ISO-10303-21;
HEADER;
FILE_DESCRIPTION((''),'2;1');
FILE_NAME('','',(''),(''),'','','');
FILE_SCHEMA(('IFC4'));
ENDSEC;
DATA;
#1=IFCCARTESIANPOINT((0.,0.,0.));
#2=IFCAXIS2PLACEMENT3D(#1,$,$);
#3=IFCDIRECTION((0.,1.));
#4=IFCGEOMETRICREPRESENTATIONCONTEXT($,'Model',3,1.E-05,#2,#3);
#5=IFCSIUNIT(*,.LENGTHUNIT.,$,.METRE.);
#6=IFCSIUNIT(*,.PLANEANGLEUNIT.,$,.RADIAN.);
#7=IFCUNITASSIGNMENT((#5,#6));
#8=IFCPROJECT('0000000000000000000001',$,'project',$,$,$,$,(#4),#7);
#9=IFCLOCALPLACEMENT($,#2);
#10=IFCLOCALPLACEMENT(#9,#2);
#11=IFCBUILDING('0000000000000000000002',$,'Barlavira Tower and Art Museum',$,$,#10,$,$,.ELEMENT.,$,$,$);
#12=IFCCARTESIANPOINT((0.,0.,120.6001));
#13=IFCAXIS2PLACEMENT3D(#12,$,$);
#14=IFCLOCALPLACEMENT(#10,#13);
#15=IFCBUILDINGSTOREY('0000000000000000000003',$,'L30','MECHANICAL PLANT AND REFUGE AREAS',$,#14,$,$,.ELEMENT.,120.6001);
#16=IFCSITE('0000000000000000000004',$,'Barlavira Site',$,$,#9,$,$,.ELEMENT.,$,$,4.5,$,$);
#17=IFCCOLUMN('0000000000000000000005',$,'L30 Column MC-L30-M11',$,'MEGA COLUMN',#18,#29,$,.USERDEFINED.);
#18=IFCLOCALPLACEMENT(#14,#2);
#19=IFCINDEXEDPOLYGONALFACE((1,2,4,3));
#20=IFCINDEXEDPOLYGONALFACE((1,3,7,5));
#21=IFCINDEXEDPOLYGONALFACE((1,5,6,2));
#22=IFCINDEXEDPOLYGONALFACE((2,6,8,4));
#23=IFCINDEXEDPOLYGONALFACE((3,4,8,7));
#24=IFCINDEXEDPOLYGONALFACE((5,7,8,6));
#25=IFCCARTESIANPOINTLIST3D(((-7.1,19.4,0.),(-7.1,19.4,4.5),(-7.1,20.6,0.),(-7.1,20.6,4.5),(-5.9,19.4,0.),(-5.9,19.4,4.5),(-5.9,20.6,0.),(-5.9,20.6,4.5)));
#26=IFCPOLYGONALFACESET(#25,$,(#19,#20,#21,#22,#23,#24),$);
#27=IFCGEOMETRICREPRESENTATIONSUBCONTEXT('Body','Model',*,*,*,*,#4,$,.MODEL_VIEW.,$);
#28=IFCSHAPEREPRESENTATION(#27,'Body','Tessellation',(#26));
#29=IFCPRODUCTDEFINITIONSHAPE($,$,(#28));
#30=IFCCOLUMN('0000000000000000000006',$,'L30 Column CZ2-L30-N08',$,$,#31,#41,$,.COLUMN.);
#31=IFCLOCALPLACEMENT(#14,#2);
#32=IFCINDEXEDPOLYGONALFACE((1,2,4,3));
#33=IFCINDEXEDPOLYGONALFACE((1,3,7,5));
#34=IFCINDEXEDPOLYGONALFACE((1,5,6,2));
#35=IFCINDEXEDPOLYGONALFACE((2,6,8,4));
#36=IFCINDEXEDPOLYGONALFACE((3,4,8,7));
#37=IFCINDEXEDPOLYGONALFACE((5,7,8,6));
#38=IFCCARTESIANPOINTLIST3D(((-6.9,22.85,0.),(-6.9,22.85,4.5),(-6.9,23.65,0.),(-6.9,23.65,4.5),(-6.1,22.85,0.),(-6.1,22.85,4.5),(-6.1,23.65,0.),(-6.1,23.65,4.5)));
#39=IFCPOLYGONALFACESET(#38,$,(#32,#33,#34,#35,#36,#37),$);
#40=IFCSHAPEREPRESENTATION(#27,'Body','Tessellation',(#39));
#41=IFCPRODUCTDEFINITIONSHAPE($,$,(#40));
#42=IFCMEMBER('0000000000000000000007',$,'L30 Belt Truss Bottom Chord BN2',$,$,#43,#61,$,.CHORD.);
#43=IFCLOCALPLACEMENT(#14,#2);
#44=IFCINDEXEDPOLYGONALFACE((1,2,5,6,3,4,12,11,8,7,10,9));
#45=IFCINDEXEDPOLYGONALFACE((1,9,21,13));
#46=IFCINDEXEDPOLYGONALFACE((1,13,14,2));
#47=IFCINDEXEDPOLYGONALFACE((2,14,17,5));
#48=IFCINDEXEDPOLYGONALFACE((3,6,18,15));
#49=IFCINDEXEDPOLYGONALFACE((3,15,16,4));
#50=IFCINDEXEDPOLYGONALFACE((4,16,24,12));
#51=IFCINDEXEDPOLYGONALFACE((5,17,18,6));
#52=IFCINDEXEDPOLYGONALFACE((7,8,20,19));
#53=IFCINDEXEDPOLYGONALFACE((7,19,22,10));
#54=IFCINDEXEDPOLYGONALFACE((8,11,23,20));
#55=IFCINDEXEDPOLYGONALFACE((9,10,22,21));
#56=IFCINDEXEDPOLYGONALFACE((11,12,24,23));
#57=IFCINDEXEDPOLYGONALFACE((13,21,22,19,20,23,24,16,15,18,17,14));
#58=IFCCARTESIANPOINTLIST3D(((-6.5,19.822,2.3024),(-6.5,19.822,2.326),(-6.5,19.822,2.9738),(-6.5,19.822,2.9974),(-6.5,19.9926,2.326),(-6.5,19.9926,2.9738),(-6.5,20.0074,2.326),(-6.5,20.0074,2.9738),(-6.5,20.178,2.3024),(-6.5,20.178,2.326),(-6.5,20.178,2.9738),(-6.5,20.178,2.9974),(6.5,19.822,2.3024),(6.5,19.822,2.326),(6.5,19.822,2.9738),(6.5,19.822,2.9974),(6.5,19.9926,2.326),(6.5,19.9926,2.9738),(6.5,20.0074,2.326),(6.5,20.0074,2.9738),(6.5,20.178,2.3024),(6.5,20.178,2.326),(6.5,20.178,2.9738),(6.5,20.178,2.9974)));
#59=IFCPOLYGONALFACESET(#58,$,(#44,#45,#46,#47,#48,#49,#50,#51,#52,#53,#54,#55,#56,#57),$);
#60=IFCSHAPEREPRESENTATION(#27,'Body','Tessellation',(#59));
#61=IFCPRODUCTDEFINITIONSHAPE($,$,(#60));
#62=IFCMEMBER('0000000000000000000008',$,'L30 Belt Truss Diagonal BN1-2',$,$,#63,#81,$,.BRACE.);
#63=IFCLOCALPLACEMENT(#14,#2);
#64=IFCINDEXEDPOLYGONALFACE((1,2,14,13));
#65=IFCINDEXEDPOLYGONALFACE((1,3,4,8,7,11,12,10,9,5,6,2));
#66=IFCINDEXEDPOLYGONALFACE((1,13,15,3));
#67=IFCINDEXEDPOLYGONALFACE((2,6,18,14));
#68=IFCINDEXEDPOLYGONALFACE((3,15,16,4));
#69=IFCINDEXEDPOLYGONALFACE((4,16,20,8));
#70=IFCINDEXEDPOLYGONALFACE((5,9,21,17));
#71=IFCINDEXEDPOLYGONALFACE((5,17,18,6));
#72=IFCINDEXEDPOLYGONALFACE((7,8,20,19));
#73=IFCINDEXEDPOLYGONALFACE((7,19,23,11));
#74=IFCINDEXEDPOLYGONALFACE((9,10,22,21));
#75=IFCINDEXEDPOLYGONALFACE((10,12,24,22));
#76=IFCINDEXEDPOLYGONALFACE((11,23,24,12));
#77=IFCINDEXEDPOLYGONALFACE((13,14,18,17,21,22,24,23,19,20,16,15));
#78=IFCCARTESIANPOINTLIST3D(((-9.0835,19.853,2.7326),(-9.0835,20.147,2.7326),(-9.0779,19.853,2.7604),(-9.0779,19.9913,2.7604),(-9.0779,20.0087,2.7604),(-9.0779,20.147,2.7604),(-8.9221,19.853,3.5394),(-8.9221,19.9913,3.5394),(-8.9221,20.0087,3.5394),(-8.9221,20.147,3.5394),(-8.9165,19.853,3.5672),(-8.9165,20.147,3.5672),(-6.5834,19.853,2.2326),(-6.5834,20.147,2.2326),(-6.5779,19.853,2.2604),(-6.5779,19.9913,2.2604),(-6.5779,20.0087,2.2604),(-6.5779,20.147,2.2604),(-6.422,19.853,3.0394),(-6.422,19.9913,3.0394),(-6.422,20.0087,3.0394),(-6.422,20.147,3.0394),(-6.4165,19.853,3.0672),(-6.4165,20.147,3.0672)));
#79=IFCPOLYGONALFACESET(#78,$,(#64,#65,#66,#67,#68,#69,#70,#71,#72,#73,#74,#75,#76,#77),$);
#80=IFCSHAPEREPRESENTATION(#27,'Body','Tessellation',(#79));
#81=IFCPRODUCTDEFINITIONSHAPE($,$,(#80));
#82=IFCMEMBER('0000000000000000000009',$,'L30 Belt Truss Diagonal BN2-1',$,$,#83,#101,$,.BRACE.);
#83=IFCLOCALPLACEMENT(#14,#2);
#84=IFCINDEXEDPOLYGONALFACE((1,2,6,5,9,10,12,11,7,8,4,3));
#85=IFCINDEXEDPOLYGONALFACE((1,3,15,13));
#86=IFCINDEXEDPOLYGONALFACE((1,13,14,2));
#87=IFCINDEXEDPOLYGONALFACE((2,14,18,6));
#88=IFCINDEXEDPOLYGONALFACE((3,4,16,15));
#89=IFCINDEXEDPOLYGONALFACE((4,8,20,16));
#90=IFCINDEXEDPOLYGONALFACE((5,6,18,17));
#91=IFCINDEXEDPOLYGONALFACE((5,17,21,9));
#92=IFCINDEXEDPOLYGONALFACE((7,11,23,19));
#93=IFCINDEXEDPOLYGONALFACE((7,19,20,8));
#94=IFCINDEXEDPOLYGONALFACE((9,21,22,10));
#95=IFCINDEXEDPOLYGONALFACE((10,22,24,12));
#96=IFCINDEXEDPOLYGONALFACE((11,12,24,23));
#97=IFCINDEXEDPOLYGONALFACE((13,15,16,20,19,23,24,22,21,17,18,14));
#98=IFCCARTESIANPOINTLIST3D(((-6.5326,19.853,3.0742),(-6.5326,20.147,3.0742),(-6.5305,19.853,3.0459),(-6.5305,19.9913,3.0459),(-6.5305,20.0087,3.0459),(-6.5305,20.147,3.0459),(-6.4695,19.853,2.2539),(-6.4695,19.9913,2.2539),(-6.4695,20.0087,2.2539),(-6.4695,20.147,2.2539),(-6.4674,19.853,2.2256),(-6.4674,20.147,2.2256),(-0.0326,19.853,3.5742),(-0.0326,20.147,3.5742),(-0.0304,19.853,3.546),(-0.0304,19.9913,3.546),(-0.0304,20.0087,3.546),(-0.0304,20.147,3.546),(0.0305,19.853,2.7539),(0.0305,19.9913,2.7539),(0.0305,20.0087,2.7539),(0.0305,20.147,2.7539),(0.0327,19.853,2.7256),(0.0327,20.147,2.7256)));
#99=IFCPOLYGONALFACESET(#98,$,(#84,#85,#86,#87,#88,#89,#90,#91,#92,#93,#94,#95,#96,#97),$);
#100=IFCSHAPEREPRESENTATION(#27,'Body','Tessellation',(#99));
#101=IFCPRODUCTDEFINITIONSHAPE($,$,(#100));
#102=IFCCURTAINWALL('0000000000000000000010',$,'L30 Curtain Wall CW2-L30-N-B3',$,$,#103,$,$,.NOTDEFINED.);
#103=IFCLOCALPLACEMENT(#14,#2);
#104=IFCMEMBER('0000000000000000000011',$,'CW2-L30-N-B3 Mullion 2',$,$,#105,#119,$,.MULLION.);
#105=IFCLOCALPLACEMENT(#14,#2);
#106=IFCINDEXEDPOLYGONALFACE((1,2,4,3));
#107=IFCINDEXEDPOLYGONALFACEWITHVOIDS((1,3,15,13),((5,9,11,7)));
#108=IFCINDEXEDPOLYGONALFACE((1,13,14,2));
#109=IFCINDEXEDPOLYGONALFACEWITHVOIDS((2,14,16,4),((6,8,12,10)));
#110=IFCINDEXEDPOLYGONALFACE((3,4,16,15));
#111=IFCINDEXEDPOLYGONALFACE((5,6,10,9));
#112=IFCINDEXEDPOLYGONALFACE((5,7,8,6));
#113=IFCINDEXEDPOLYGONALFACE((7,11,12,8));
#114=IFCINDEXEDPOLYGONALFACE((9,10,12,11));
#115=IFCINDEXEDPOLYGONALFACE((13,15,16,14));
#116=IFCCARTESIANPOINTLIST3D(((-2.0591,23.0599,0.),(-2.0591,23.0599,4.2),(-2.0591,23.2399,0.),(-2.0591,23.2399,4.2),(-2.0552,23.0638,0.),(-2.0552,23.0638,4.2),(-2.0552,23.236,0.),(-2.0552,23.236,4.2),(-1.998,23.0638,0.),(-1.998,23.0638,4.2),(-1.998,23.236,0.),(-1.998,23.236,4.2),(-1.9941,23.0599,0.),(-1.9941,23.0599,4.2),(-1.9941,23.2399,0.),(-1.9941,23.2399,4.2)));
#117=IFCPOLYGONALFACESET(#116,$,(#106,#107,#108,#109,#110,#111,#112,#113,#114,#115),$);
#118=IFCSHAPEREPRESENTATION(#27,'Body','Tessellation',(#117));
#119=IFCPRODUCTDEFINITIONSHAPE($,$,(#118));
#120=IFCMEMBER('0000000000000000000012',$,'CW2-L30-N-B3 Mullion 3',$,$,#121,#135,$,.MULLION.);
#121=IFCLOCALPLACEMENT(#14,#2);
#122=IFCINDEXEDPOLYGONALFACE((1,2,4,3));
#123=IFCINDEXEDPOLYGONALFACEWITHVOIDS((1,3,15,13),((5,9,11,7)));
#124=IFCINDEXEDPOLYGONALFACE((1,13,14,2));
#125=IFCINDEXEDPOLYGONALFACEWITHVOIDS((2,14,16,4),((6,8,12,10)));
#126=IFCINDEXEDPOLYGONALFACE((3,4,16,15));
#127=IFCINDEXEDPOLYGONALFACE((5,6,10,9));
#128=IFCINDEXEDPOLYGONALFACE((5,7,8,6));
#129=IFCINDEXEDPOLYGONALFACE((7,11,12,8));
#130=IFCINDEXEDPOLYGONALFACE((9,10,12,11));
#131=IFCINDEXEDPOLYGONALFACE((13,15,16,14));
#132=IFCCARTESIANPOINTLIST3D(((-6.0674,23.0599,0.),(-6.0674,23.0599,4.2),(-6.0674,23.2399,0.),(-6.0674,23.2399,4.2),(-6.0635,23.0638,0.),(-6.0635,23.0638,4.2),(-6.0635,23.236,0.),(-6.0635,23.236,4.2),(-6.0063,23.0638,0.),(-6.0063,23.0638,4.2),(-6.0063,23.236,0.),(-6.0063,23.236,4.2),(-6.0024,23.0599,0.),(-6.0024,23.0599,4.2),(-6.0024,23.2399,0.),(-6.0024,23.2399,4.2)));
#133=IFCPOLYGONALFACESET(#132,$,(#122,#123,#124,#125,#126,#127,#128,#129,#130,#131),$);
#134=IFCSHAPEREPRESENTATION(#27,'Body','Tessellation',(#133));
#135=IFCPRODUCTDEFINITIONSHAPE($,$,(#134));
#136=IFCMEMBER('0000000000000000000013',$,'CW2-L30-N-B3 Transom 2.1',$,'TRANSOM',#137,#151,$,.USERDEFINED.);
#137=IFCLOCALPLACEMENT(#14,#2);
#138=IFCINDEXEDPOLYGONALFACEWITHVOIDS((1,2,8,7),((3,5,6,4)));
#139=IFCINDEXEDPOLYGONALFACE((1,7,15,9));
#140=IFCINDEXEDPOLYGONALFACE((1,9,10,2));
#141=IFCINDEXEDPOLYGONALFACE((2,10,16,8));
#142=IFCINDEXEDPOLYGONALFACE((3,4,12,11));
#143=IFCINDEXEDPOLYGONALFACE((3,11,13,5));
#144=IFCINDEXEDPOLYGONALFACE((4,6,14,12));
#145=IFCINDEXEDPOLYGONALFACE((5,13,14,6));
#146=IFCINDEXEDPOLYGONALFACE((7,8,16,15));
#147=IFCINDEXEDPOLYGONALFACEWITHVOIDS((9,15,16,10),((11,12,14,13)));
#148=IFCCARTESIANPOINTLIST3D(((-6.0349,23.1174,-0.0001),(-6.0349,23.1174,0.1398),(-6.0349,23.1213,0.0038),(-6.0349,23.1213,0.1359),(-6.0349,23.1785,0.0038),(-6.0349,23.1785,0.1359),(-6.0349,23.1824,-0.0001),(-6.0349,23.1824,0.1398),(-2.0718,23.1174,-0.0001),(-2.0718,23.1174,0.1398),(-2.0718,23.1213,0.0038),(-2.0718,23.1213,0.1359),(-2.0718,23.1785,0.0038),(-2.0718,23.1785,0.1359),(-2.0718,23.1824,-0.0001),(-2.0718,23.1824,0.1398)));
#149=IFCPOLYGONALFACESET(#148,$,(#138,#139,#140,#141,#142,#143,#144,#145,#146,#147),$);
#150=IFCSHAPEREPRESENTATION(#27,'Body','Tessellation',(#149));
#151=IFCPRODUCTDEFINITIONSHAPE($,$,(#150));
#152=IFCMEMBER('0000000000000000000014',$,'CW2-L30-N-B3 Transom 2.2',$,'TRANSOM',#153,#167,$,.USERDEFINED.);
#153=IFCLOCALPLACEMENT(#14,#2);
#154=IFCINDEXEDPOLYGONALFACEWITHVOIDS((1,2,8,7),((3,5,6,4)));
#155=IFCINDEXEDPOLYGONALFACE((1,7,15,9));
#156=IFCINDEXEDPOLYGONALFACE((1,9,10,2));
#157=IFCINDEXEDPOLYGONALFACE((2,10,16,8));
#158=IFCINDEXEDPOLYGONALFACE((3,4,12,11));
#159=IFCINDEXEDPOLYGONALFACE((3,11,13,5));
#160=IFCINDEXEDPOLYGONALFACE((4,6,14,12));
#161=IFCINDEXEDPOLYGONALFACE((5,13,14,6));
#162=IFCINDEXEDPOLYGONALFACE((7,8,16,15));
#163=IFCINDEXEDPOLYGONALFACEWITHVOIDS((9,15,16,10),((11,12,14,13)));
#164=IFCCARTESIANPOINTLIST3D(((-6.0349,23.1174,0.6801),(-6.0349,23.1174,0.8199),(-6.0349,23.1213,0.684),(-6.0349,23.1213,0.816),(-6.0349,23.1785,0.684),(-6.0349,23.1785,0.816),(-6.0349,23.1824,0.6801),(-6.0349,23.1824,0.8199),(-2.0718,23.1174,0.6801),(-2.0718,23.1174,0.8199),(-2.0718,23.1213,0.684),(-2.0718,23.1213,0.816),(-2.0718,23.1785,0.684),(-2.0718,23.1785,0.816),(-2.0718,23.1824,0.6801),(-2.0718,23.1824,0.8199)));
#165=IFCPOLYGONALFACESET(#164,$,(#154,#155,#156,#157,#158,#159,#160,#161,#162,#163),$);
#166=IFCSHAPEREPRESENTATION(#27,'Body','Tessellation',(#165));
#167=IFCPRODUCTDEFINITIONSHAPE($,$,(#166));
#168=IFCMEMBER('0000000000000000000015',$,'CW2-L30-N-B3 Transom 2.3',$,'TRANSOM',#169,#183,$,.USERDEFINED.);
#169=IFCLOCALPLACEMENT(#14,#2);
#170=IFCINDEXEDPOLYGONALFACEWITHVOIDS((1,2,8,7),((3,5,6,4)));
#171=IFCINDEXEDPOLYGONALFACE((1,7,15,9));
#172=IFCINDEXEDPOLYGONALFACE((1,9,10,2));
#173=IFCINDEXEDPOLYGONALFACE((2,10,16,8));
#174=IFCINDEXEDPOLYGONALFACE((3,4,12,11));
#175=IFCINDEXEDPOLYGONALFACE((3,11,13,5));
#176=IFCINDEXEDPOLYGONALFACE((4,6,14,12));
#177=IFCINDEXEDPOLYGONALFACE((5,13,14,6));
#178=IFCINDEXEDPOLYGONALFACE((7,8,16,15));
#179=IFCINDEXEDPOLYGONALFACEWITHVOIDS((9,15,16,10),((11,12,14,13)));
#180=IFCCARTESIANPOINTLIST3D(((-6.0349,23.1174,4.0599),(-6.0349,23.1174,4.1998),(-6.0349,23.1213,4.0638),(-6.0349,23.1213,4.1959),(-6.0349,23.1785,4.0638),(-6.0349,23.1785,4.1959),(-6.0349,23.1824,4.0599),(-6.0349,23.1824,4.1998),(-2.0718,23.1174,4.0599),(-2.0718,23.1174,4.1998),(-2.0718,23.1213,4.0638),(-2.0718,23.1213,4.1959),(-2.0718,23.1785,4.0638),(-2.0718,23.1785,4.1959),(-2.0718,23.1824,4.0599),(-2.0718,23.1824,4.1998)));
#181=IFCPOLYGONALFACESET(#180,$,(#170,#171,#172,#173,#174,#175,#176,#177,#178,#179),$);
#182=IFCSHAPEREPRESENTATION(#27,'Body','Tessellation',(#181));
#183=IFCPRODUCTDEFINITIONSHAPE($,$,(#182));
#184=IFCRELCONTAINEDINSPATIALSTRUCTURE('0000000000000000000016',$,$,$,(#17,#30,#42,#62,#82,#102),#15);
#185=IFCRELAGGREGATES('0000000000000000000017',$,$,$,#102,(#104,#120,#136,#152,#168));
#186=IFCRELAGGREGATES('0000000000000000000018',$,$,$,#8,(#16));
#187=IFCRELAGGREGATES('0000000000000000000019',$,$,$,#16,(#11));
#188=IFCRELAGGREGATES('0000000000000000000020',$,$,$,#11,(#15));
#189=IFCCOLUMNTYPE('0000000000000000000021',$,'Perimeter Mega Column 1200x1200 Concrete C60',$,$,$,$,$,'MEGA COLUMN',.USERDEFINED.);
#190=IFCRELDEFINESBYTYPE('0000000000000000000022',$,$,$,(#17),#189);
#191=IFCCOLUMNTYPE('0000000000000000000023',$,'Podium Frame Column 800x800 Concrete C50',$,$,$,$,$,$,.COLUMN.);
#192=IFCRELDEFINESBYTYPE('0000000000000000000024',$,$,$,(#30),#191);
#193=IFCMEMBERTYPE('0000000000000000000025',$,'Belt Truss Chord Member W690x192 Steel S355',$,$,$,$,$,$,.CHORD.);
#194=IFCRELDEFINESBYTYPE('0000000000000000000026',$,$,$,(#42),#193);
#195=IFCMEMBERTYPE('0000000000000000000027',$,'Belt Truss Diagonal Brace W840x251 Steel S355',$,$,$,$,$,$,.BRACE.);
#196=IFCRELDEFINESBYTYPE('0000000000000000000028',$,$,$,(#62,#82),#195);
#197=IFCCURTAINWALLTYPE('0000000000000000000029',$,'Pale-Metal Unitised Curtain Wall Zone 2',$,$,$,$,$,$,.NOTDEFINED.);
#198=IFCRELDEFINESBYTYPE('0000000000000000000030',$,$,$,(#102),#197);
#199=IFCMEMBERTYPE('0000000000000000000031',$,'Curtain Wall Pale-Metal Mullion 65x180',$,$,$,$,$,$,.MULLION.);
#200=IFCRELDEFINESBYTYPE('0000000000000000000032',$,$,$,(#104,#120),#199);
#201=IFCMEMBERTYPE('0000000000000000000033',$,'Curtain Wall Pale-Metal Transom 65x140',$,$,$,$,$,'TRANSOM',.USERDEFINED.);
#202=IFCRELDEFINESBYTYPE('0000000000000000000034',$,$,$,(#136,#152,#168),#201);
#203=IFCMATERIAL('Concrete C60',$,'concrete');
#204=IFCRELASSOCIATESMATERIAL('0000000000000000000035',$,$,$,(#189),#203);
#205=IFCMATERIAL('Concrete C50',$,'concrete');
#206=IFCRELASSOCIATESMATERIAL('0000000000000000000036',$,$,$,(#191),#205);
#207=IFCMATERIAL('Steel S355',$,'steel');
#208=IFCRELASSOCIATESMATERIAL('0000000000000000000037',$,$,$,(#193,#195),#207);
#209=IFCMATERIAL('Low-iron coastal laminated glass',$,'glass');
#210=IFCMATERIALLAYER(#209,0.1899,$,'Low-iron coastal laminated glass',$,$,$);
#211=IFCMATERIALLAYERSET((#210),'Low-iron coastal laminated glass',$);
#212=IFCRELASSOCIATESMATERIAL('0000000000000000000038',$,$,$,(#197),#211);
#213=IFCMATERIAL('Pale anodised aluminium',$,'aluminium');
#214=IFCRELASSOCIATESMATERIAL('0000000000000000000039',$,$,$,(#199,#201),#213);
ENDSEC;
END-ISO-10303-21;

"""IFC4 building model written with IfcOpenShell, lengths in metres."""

from ifc_helpers import new_model, si_unit, direction, frame, origin, origin_2d, place, context, subcontext, project, spatial, rectangle, hollow_rectangle, i_section, extrude, material, layer, layer_set, material_profile, profile_set, type_object, element, aggregate, save


model = new_model("IFC4")

# Units and contexts
model_context = context("Model", 3, precision=1e-05, world=origin(), true_north=direction((0.0, 1.0)))
body_context = subcontext(model_context, "Body", "Model", "MODEL_VIEW")
ifc_project = project(units=[si_unit("LENGTHUNIT", "METRE"), si_unit("PLANEANGLEUNIT", "RADIAN")], contexts=[model_context])

# Site, building, storey
site_placement = place(None, origin())
site = spatial("IfcSite", under=ifc_project, at=site_placement, Name="Barlavira Site", CompositionType="ELEMENT", RefElevation=4.5)
building_placement = place(site_placement, origin())
building = spatial("IfcBuilding", under=site, at=building_placement, Name="Barlavira Tower and Art Museum", CompositionType="ELEMENT")
storey_placement = place(building_placement, frame((0.0, 0.0, 120.6001)))
storey = spatial("IfcBuildingStorey", under=building, at=storey_placement, Name="L30", Description="MECHANICAL PLANT AND REFUGE AREAS", CompositionType="ELEMENT", Elevation=120.6001)

# Columns
ifc_material_1 = material(Name="Concrete C60", Category="concrete")
ifc_material_profile_1 = material_profile(ifc_material_1, rectangle(XDim=1.2, YDim=1.2, at=origin_2d()), Name="RC-COL 1200x1200")
ifc_profile_set_1 = profile_set([ifc_material_profile_1], Name="Concrete C60")
column_type_1 = type_object("IfcColumnType", Name="Perimeter Mega Column 1200x1200 Concrete C60", ElementType="MEGA COLUMN", PredefinedType="USERDEFINED", material=ifc_profile_set_1)
column_1_placement = place(storey_placement, frame((-6.5, 20.0, 0.0), z_axis=(0.0, 0.0, 1.0), x_axis=(1.0, 0.0, 0.0)))
element("IfcColumn", 1, at=column_1_placement, inside=storey, type_object=column_type_1, Name="L30 Column MC-L30-M11", ObjectType="MEGA COLUMN", PredefinedType="USERDEFINED", context=body_context, shape_type="SweptSolid", body=[
    extrude(rectangle(XDim=1.2, YDim=1.2, at=origin_2d()), origin(), (0.0, 0.0, 1.0), 4.5),
])
ifc_material_2 = material(Name="Concrete C50", Category="concrete")
ifc_material_profile_2 = material_profile(ifc_material_2, rectangle(XDim=0.8, YDim=0.8, at=origin_2d()), Name="RC-COL 800x800")
ifc_profile_set_2 = profile_set([ifc_material_profile_2], Name="Concrete C50")
column_type_2 = type_object("IfcColumnType", Name="Podium Frame Column 800x800 Concrete C50", PredefinedType="COLUMN", material=ifc_profile_set_2)
column_2_placement = place(storey_placement, frame((-6.5, 23.25, 0.0), z_axis=(0.0, 0.0, 1.0), x_axis=(1.0, 0.0, 0.0)))
element("IfcColumn", 2, at=column_2_placement, inside=storey, type_object=column_type_2, Name="L30 Column CZ2-L30-N08", PredefinedType="COLUMN", context=body_context, shape_type="SweptSolid", body=[
    extrude(rectangle(XDim=0.8, YDim=0.8, at=origin_2d()), origin(), (0.0, 0.0, 1.0), 4.5),
])

# Members
ifc_material_3 = material(Name="Steel S355", Category="steel")
ifc_material_profile_3 = material_profile(ifc_material_3, i_section(OverallWidth=0.356, OverallDepth=0.6951, WebThickness=0.0149, FlangeThickness=0.0237, at=origin_2d()), Name="W690x192.0")
ifc_profile_set_3 = profile_set([ifc_material_profile_3], Name="Steel S355")
member_type_1 = type_object("IfcMemberType", Name="Belt Truss Chord Member W690x192 Steel S355", PredefinedType="CHORD", material=ifc_profile_set_3)
member_1_placement = place(storey_placement, frame((-6.5, 20.0, 2.6499), z_axis=(1.0, 0.0, 0.0), x_axis=(0.0, 1.0, 0.0)))
element("IfcMember", 3, at=member_1_placement, inside=storey, type_object=member_type_1, Name="L30 Belt Truss Bottom Chord BN2", PredefinedType="CHORD", context=body_context, shape_type="SweptSolid", body=[
    extrude(i_section(OverallWidth=0.356, OverallDepth=0.6951, WebThickness=0.0149, FlangeThickness=0.0237, at=origin_2d()), origin(), (0.0, 0.0, 1.0), 13.0),
])
ifc_material_profile_4 = material_profile(ifc_material_3, i_section(OverallWidth=0.2939, OverallDepth=0.8511, WebThickness=0.0173, FlangeThickness=0.0283, at=origin_2d()), Name="W840x251.0")
ifc_profile_set_4 = profile_set([ifc_material_profile_4], Name="Steel S355")
member_type_2 = type_object("IfcMemberType", Name="Belt Truss Diagonal Brace W840x251 Steel S355", PredefinedType="BRACE", material=ifc_profile_set_4)
member_2_placement = place(storey_placement, frame((-9.0, 20.0, 3.1499), z_axis=(0.980581, 0.0, -0.196116), x_axis=(0.0, 1.0, 0.0)))
element("IfcMember", 4, at=member_2_placement, inside=storey, type_object=member_type_2, Name="L30 Belt Truss Diagonal BN1-2", PredefinedType="BRACE", context=body_context, shape_type="SweptSolid", body=[
    extrude(i_section(OverallWidth=0.2939, OverallDepth=0.8511, WebThickness=0.0173, FlangeThickness=0.0283, at=origin_2d()), origin(), (0.0, 0.0, 1.0), 2.5496),
])
member_3_placement = place(storey_placement, frame((-6.5, 20.0, 2.6499), z_axis=(0.997054, 0.0, 0.076696), x_axis=(0.0, 1.0, 0.0)))
element("IfcMember", 5, at=member_3_placement, inside=storey, type_object=member_type_2, Name="L30 Belt Truss Diagonal BN2-1", PredefinedType="BRACE", context=body_context, shape_type="SweptSolid", body=[
    extrude(i_section(OverallWidth=0.2939, OverallDepth=0.8511, WebThickness=0.0173, FlangeThickness=0.0283, at=origin_2d()), origin(), (0.0, 0.0, 1.0), 6.5193),
])

# Curtain wall, members
ifc_material_4 = material(Name="Low-iron coastal laminated glass", Category="glass")
ifc_layer_1 = layer(ifc_material_4, 0.1899, Name="Low-iron coastal laminated glass")
ifc_layer_set_1 = layer_set([ifc_layer_1], Name="Low-iron coastal laminated glass")
curtain_wall_type = type_object("IfcCurtainWallType", Name="Pale-Metal Unitised Curtain Wall Zone 2", PredefinedType="NOTDEFINED", material=ifc_layer_set_1)
curtain_wall_placement = place(storey_placement, origin())
curtain_wall = element("IfcCurtainWall", 6, at=curtain_wall_placement, inside=storey, type_object=curtain_wall_type, Name="L30 Curtain Wall CW2-L30-N-B3", PredefinedType="NOTDEFINED")
ifc_material_5 = material(Name="Pale anodised aluminium", Category="aluminium")
ifc_material_profile_5 = material_profile(ifc_material_5, hollow_rectangle(XDim=0.0649, YDim=0.1799, WallThickness=0.0039, at=origin_2d()), Name="ALU-MULL 65x180x4")
ifc_profile_set_5 = profile_set([ifc_material_profile_5], Name="Pale anodised aluminium")
member_type_3 = type_object("IfcMemberType", Name="Curtain Wall Pale-Metal Mullion 65x180", PredefinedType="MULLION", material=ifc_profile_set_5)
member_4_placement = place(storey_placement, frame((-2.0266, 23.1499, 0.0), z_axis=(0.0, 0.0, 1.0), x_axis=(-1.0, 0.0, 0.0)))
member_4 = element("IfcMember", 7, at=member_4_placement, type_object=member_type_3, Name="CW2-L30-N-B3 Mullion 2", PredefinedType="MULLION", context=body_context, shape_type="SweptSolid", body=[
    extrude(hollow_rectangle(XDim=0.0649, YDim=0.1799, WallThickness=0.0039, at=origin_2d()), origin(), (0.0, 0.0, 1.0), 4.2),
])
member_5_placement = place(storey_placement, frame((-6.0349, 23.1499, 0.0), z_axis=(0.0, 0.0, 1.0), x_axis=(-1.0, 0.0, 0.0)))
member_5 = element("IfcMember", 8, at=member_5_placement, type_object=member_type_3, Name="CW2-L30-N-B3 Mullion 3", PredefinedType="MULLION", context=body_context, shape_type="SweptSolid", body=[
    extrude(hollow_rectangle(XDim=0.0649, YDim=0.1799, WallThickness=0.0039, at=origin_2d()), origin(), (0.0, 0.0, 1.0), 4.2),
])
ifc_material_profile_6 = material_profile(ifc_material_5, hollow_rectangle(XDim=0.0649, YDim=0.1399, WallThickness=0.0039, at=origin_2d()), Name="ALU-TRAN 65x140x4")
ifc_profile_set_6 = profile_set([ifc_material_profile_6], Name="Pale anodised aluminium")
member_type_4 = type_object("IfcMemberType", Name="Curtain Wall Pale-Metal Transom 65x140", ElementType="TRANSOM", PredefinedType="USERDEFINED", material=ifc_profile_set_6)
member_6_placement = place(storey_placement, frame((-2.0718, 23.1499, 0.0698), z_axis=(-1.0, 0.0, 0.0), x_axis=(0.0, -1.0, 0.0)))
member_6 = element("IfcMember", 9, at=member_6_placement, type_object=member_type_4, Name="CW2-L30-N-B3 Transom 2.1", ObjectType="TRANSOM", PredefinedType="USERDEFINED", context=body_context, shape_type="SweptSolid", body=[
    extrude(hollow_rectangle(XDim=0.0649, YDim=0.1399, WallThickness=0.0039, at=origin_2d()), origin(), (0.0, 0.0, 1.0), 3.9631),
])
member_7_placement = place(storey_placement, frame((-2.0718, 23.1499, 0.75), z_axis=(-1.0, 0.0, 0.0), x_axis=(0.0, -1.0, 0.0)))
member_7 = element("IfcMember", 10, at=member_7_placement, type_object=member_type_4, Name="CW2-L30-N-B3 Transom 2.2", ObjectType="TRANSOM", PredefinedType="USERDEFINED", context=body_context, shape_type="SweptSolid", body=[
    extrude(hollow_rectangle(XDim=0.0649, YDim=0.1399, WallThickness=0.0039, at=origin_2d()), origin(), (0.0, 0.0, 1.0), 3.9631),
])
member_8_placement = place(storey_placement, frame((-2.0718, 23.1499, 4.1299), z_axis=(-1.0, 0.0, 0.0), x_axis=(0.0, -1.0, 0.0)))
member_8 = element("IfcMember", 11, at=member_8_placement, type_object=member_type_4, Name="CW2-L30-N-B3 Transom 2.3", ObjectType="TRANSOM", PredefinedType="USERDEFINED", context=body_context, shape_type="SweptSolid", body=[
    extrude(hollow_rectangle(XDim=0.0649, YDim=0.1399, WallThickness=0.0039, at=origin_2d()), origin(), (0.0, 0.0, 1.0), 3.9631),
])

aggregate(curtain_wall, [member_4, member_5, member_6, member_7, member_8])

save(model, "model.ifc")
